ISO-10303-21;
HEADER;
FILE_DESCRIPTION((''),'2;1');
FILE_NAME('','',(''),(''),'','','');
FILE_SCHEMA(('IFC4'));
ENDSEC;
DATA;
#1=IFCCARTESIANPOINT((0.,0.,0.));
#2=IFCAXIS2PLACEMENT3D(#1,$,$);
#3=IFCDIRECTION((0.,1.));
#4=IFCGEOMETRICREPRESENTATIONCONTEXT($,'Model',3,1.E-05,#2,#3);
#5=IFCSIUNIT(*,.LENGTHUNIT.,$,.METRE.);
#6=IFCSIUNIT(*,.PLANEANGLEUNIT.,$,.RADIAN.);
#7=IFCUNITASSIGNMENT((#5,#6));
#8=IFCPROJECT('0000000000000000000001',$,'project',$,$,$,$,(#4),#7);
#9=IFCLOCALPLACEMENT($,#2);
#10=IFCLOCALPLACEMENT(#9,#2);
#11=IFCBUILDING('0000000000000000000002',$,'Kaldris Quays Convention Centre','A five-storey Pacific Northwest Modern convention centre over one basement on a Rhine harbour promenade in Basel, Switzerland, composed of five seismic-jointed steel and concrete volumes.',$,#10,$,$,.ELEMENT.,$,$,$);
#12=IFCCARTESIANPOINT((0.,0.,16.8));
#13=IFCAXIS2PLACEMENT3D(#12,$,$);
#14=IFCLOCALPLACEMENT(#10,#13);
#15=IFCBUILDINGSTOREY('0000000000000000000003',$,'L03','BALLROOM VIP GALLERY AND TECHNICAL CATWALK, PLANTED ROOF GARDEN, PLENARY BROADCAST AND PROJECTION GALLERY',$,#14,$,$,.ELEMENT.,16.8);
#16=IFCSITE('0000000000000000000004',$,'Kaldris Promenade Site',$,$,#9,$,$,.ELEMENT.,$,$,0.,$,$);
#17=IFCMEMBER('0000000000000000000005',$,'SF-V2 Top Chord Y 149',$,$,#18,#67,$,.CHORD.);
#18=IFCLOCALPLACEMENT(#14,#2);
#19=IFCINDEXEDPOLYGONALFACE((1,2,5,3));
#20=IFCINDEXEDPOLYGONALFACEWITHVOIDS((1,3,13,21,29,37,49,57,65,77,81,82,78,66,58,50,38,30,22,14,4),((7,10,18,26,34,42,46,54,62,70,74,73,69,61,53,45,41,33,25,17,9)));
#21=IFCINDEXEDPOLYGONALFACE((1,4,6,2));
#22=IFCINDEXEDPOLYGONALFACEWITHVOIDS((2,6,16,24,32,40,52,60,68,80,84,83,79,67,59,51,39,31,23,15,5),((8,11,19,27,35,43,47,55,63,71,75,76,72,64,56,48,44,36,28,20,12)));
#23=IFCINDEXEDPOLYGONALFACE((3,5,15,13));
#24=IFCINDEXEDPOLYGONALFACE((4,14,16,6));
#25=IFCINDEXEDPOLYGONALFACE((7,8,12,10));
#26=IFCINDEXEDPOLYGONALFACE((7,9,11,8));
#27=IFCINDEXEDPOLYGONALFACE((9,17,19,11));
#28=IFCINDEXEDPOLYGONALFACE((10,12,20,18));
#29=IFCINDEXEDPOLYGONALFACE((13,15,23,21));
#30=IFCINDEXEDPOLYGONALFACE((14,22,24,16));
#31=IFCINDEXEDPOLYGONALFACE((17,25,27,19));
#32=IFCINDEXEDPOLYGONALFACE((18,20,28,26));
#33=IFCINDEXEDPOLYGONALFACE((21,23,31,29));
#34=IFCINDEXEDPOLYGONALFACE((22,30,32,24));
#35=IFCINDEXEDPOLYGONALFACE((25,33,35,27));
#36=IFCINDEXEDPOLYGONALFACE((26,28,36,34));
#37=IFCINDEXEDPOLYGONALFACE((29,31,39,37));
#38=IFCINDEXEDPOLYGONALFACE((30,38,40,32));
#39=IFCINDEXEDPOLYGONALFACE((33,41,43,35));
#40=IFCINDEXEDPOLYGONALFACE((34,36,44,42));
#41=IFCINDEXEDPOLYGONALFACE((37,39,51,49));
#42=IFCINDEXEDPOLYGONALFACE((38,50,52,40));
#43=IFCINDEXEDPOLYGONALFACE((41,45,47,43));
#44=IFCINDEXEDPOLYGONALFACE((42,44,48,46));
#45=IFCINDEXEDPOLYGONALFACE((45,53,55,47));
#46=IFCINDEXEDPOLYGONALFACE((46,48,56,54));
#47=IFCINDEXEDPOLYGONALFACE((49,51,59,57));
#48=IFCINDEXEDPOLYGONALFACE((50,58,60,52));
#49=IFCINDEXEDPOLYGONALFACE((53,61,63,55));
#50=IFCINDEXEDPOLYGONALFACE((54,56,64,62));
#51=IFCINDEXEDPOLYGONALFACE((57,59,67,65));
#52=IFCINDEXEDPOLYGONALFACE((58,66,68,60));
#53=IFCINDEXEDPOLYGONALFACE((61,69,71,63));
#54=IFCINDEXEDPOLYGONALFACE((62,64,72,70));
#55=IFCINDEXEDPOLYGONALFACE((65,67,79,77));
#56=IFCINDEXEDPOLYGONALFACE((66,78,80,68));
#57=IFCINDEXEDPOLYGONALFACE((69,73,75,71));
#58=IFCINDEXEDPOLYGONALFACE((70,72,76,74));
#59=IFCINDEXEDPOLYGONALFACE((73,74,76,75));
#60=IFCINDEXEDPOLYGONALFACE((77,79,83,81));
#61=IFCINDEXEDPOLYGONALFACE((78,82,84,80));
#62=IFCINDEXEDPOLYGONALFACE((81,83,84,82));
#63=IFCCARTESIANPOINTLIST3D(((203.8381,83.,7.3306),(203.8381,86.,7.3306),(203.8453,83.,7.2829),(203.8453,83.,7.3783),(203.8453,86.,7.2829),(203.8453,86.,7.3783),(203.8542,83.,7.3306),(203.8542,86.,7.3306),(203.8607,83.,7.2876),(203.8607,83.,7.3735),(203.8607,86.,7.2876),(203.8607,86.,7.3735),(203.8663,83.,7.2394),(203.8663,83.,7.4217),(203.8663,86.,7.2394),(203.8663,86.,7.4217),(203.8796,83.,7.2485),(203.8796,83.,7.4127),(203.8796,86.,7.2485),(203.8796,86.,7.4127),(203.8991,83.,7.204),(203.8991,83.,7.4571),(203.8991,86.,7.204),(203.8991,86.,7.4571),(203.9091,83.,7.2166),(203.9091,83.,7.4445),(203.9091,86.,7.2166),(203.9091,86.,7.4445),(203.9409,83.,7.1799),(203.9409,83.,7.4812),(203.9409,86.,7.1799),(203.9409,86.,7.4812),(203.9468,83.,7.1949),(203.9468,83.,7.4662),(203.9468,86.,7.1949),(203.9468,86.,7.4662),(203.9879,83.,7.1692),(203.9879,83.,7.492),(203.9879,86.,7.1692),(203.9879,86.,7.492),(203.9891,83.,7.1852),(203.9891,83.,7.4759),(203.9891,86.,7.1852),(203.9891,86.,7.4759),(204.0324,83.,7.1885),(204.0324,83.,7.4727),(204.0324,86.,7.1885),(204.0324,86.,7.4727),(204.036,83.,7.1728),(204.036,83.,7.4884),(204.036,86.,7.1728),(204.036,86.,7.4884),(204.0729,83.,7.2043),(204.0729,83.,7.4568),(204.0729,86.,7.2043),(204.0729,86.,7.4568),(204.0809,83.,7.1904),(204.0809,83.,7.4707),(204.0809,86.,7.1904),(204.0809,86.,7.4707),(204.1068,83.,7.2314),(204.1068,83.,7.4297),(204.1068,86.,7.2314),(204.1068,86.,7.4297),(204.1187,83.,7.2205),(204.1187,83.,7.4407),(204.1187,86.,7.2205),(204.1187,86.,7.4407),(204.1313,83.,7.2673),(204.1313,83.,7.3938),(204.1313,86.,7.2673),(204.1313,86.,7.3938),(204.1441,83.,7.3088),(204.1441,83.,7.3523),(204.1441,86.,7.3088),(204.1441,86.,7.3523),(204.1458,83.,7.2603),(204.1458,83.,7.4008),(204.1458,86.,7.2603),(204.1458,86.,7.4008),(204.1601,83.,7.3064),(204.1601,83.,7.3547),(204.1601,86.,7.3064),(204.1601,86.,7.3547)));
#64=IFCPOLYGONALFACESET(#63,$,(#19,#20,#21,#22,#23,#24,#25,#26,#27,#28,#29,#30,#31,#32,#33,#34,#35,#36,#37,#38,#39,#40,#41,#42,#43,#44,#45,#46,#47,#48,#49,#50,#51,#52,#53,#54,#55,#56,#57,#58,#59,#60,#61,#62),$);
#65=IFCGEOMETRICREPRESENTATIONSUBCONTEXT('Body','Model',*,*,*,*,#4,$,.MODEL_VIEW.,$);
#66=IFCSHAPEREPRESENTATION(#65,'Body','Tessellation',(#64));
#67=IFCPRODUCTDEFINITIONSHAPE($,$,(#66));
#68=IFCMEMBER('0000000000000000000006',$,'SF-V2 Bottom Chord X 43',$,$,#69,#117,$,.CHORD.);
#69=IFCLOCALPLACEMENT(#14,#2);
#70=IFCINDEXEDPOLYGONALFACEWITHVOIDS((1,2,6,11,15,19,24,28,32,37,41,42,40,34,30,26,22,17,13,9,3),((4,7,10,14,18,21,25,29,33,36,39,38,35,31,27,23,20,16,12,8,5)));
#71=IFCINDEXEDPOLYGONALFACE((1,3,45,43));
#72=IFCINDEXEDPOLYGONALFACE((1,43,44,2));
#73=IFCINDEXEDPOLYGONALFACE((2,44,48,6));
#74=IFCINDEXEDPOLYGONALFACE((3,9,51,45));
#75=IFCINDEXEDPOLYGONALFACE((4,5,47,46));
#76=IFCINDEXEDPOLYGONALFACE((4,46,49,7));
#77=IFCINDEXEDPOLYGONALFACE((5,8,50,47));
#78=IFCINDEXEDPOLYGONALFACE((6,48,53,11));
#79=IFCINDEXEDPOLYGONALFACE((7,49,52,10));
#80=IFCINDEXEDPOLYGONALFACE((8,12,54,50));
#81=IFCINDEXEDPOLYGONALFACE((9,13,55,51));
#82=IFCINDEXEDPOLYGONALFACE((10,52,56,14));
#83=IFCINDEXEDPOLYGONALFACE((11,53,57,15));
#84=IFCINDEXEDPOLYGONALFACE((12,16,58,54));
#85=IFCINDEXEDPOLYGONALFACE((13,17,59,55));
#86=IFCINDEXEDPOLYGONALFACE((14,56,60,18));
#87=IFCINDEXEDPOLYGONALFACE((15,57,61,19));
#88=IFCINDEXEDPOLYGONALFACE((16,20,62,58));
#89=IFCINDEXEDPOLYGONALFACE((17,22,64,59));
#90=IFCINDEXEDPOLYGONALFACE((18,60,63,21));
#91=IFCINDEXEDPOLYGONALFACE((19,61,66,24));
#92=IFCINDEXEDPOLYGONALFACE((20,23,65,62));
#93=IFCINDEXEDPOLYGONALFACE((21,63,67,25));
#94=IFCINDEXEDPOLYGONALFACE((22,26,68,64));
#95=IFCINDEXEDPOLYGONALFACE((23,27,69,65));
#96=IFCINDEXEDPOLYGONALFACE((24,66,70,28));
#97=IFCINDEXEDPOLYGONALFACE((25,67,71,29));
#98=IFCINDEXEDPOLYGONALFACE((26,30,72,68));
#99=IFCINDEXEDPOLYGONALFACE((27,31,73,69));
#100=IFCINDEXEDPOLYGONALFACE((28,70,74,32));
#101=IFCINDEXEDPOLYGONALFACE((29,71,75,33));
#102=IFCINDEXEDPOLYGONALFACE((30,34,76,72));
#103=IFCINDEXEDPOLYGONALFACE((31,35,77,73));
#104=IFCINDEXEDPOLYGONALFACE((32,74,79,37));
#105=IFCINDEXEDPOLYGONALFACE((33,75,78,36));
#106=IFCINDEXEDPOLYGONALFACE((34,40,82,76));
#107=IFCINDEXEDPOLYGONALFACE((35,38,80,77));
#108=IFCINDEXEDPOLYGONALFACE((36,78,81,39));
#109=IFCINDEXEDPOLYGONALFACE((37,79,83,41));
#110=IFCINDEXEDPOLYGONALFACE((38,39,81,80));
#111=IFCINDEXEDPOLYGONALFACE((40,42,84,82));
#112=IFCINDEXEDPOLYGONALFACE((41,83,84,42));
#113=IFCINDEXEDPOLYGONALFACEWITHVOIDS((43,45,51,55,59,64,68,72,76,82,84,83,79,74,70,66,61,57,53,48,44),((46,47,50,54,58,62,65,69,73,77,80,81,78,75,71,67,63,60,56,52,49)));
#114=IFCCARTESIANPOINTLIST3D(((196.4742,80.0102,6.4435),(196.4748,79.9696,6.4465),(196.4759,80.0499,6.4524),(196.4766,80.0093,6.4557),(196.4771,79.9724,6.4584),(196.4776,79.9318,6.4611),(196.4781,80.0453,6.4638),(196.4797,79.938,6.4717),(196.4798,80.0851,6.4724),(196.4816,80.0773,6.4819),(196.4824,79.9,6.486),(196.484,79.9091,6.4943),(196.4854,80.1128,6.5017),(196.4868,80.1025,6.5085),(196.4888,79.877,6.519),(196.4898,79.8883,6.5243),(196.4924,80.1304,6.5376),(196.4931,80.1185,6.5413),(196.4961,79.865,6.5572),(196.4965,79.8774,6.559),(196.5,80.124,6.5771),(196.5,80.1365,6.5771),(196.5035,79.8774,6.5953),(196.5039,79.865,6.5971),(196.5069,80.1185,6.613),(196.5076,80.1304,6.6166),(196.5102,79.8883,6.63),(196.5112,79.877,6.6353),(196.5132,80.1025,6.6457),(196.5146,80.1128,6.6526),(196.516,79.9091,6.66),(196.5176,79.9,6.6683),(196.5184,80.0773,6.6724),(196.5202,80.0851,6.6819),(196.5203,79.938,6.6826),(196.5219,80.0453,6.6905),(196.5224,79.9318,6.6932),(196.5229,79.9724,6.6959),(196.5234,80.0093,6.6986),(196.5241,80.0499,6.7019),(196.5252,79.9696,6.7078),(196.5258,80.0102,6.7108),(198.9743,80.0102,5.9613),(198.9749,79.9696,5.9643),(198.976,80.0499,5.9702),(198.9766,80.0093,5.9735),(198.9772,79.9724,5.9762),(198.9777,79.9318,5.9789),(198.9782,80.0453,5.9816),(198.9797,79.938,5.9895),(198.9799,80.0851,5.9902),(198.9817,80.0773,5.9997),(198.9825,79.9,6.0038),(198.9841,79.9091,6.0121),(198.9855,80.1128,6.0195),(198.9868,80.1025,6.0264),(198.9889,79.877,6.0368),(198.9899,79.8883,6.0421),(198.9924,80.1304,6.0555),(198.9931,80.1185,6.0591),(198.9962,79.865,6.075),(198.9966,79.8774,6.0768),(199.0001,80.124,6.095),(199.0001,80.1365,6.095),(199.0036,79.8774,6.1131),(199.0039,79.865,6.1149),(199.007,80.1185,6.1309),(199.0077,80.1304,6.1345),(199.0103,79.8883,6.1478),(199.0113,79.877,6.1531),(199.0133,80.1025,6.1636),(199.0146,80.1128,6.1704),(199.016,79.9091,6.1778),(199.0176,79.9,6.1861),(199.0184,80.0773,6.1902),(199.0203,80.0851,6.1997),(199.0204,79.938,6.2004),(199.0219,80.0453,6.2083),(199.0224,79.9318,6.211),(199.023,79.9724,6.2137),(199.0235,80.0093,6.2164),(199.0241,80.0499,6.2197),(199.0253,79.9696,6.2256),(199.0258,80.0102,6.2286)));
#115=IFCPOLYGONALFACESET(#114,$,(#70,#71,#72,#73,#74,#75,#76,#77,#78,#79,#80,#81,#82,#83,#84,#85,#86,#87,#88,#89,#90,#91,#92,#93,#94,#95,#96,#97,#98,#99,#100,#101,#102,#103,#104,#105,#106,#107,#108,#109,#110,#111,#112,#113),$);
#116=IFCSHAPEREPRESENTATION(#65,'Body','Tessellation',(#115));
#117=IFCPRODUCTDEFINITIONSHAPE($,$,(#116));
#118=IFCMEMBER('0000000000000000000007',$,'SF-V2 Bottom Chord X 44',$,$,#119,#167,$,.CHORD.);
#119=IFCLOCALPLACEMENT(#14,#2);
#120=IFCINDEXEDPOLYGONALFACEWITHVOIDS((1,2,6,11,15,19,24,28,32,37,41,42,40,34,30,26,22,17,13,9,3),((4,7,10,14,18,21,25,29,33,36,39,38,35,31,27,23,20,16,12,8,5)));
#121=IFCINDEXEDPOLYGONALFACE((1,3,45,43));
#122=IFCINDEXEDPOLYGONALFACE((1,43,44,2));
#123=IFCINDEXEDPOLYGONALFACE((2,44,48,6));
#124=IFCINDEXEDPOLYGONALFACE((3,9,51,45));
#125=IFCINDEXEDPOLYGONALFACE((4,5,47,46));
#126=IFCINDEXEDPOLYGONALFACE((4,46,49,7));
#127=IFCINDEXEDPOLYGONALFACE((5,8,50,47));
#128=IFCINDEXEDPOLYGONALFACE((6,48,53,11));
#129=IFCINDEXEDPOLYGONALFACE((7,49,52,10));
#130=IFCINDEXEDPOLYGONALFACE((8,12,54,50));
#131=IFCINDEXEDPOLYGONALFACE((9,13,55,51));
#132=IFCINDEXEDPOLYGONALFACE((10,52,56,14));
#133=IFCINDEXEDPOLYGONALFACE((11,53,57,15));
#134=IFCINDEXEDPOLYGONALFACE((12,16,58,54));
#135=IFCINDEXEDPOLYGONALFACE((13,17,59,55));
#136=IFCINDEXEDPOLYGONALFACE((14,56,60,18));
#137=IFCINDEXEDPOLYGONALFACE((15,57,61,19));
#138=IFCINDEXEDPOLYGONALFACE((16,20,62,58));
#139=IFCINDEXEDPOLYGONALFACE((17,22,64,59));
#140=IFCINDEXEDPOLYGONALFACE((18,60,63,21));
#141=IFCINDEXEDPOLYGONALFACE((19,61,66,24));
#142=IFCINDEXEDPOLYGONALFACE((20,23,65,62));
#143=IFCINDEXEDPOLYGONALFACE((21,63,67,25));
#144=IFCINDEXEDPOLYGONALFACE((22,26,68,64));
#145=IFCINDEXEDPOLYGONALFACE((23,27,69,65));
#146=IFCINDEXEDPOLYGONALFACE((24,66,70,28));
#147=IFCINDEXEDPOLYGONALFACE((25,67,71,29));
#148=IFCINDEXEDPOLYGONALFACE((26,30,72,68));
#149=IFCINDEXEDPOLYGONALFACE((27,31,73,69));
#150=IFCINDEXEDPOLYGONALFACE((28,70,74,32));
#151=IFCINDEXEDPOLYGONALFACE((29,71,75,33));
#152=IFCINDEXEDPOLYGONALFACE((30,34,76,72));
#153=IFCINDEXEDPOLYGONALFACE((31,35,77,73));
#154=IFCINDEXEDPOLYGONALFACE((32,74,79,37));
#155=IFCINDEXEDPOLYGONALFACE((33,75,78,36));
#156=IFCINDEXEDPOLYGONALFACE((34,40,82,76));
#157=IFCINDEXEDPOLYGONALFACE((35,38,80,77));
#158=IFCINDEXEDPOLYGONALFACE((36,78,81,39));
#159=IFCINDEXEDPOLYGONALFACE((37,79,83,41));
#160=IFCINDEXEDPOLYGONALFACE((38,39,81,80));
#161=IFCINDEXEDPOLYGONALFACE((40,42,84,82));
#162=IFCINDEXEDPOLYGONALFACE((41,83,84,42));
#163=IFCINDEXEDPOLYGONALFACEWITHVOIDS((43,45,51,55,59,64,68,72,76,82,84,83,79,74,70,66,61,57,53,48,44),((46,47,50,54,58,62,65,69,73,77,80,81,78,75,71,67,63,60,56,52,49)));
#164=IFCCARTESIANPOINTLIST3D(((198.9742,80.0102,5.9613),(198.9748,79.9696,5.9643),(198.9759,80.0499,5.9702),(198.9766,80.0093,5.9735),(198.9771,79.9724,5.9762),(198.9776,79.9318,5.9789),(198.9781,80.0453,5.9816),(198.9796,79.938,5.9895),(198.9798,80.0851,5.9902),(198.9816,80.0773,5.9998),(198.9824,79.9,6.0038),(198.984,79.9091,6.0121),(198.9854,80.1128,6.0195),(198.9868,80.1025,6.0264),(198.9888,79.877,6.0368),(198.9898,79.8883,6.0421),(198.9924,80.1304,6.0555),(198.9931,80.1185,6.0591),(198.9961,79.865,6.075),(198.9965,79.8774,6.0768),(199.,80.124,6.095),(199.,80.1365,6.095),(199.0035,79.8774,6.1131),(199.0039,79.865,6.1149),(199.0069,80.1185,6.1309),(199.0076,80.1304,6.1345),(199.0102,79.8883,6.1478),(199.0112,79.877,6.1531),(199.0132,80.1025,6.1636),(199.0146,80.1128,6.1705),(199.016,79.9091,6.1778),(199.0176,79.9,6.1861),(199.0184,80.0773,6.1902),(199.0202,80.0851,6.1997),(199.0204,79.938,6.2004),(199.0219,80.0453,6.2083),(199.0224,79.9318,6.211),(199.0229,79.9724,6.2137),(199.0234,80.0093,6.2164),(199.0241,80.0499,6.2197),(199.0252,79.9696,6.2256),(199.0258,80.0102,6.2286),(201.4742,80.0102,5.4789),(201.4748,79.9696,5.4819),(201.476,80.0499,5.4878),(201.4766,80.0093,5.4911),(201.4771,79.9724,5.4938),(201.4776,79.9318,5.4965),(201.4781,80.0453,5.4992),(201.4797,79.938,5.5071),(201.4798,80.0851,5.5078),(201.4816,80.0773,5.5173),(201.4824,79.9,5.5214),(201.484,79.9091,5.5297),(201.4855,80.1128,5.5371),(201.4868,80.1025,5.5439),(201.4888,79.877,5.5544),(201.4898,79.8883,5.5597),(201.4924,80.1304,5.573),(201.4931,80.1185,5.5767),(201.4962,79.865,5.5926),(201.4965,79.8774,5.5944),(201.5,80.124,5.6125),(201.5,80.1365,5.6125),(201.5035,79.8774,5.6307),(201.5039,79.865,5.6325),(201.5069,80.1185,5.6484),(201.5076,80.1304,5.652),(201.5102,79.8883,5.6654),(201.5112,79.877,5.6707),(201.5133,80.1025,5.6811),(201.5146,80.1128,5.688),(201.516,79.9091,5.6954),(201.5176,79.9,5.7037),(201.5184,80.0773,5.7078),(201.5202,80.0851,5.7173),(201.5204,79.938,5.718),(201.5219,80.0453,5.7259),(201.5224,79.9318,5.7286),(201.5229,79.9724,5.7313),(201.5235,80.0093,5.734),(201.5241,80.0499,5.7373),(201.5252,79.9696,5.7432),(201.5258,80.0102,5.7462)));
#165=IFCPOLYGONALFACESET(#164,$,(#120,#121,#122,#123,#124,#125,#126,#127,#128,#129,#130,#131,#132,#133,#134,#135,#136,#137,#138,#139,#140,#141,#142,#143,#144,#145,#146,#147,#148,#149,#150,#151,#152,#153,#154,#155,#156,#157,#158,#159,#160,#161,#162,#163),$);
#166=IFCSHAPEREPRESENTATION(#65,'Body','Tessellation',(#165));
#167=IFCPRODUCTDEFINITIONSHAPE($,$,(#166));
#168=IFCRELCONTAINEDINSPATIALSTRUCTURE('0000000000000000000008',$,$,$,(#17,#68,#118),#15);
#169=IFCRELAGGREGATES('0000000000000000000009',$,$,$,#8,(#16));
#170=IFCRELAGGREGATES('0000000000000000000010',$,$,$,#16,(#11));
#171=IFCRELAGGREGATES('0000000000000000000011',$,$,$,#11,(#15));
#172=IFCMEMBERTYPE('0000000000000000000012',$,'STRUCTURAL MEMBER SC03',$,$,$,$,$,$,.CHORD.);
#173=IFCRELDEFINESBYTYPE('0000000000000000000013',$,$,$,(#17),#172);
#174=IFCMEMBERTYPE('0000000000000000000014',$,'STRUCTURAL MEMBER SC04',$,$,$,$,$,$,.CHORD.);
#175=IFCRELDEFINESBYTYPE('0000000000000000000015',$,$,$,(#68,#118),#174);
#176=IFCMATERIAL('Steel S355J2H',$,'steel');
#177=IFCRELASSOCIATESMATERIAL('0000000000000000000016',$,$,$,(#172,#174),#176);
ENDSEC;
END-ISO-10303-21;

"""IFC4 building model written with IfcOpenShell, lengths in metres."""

from ifc_helpers import new_model, si_unit, direction, frame, origin, origin_2d, place, context, subcontext, project, spatial, hollow_circle, extrude, material, material_profile, profile_set, type_object, element, save


model = new_model("IFC4")

# Units and contexts
model_context = context("Model", 3, precision=1e-05, world=origin(), true_north=direction((0.0, 1.0)))
body_context = subcontext(model_context, "Body", "Model", "MODEL_VIEW")
ifc_project = project(units=[si_unit("LENGTHUNIT", "METRE"), si_unit("PLANEANGLEUNIT", "RADIAN")], contexts=[model_context])

# Site, building, storey
site_placement = place(None, origin())
site = spatial("IfcSite", under=ifc_project, at=site_placement, Name="Kaldris Promenade Site", CompositionType="ELEMENT", RefElevation=0.0)
building_placement = place(site_placement, origin())
building = spatial("IfcBuilding", under=site, at=building_placement, Name="Kaldris Quays Convention Centre", Description="A five-storey Pacific Northwest Modern convention centre over one basement on a Rhine harbour promenade in Basel, Switzerland, composed of five seismic-jointed steel and concrete volumes.", CompositionType="ELEMENT")
storey_placement = place(building_placement, frame((0.0, 0.0, 16.8)))
storey = spatial("IfcBuildingStorey", under=building, at=storey_placement, Name="L03", Description="BALLROOM VIP GALLERY AND TECHNICAL CATWALK, PLANTED ROOF GARDEN, PLENARY BROADCAST AND PROJECTION GALLERY", CompositionType="ELEMENT", Elevation=16.8)

# Members
ifc_material_1 = material(Name="Steel S355J2H", Category="steel")
ifc_material_profile_1 = material_profile(ifc_material_1, hollow_circle(Radius=0.1619, WallThickness=0.0161, at=origin_2d()), Name="CHS 323.9x16")
ifc_profile_set_1 = profile_set([ifc_material_profile_1], Name="Steel S355J2H")
member_type_1 = type_object("IfcMemberType", Name="STRUCTURAL MEMBER SC03", PredefinedType="CHORD", material=ifc_profile_set_1)
for number, where, z_axis, x_axis, name in (
    (1, (204.0, 83.0, 7.3306), (0.0, 1.0, 0.0), (-1.0, 0.0, 0.0), "SF-V2 Top Chord Y 149"),
):
    element("IfcMember", number, at=place(storey_placement, frame(where, z_axis=z_axis, x_axis=x_axis)), inside=storey, type_object=member_type_1, Name=name, PredefinedType="CHORD", context=body_context, shape_type="SweptSolid", body=[
        extrude(hollow_circle(Radius=0.1619, WallThickness=0.0161, at=origin_2d()), origin(), (0.0, 0.0, 1.0), 3.0),
    ])
ifc_material_profile_2 = material_profile(ifc_material_1, hollow_circle(Radius=0.1365, WallThickness=0.0125, at=origin_2d()), Name="CHS 273x12.5")
ifc_profile_set_2 = profile_set([ifc_material_profile_2], Name="Steel S355J2H")
member_type_2 = type_object("IfcMemberType", Name="STRUCTURAL MEMBER SC04", PredefinedType="CHORD", material=ifc_profile_set_2)
for number, where, z_axis, x_axis, name in (
    (2, (196.5, 80.0, 6.5771), (0.981904, 0.0, -0.189381), (0.0, 1.0, 0.0), "SF-V2 Bottom Chord X 43"),
    (3, (199.0, 80.0, 6.095), (0.981886, 0.0, -0.189473), (0.0, 1.0, 0.0), "SF-V2 Bottom Chord X 44"),
):
    element("IfcMember", number, at=place(storey_placement, frame(where, z_axis=z_axis, x_axis=x_axis)), inside=storey, type_object=member_type_2, Name=name, PredefinedType="CHORD", context=body_context, shape_type="SweptSolid", body=[
        extrude(hollow_circle(Radius=0.1365, WallThickness=0.0125, at=origin_2d()), origin(), (0.0, 0.0, 1.0), 2.5461),
    ])

save(model, "model.ifc")
